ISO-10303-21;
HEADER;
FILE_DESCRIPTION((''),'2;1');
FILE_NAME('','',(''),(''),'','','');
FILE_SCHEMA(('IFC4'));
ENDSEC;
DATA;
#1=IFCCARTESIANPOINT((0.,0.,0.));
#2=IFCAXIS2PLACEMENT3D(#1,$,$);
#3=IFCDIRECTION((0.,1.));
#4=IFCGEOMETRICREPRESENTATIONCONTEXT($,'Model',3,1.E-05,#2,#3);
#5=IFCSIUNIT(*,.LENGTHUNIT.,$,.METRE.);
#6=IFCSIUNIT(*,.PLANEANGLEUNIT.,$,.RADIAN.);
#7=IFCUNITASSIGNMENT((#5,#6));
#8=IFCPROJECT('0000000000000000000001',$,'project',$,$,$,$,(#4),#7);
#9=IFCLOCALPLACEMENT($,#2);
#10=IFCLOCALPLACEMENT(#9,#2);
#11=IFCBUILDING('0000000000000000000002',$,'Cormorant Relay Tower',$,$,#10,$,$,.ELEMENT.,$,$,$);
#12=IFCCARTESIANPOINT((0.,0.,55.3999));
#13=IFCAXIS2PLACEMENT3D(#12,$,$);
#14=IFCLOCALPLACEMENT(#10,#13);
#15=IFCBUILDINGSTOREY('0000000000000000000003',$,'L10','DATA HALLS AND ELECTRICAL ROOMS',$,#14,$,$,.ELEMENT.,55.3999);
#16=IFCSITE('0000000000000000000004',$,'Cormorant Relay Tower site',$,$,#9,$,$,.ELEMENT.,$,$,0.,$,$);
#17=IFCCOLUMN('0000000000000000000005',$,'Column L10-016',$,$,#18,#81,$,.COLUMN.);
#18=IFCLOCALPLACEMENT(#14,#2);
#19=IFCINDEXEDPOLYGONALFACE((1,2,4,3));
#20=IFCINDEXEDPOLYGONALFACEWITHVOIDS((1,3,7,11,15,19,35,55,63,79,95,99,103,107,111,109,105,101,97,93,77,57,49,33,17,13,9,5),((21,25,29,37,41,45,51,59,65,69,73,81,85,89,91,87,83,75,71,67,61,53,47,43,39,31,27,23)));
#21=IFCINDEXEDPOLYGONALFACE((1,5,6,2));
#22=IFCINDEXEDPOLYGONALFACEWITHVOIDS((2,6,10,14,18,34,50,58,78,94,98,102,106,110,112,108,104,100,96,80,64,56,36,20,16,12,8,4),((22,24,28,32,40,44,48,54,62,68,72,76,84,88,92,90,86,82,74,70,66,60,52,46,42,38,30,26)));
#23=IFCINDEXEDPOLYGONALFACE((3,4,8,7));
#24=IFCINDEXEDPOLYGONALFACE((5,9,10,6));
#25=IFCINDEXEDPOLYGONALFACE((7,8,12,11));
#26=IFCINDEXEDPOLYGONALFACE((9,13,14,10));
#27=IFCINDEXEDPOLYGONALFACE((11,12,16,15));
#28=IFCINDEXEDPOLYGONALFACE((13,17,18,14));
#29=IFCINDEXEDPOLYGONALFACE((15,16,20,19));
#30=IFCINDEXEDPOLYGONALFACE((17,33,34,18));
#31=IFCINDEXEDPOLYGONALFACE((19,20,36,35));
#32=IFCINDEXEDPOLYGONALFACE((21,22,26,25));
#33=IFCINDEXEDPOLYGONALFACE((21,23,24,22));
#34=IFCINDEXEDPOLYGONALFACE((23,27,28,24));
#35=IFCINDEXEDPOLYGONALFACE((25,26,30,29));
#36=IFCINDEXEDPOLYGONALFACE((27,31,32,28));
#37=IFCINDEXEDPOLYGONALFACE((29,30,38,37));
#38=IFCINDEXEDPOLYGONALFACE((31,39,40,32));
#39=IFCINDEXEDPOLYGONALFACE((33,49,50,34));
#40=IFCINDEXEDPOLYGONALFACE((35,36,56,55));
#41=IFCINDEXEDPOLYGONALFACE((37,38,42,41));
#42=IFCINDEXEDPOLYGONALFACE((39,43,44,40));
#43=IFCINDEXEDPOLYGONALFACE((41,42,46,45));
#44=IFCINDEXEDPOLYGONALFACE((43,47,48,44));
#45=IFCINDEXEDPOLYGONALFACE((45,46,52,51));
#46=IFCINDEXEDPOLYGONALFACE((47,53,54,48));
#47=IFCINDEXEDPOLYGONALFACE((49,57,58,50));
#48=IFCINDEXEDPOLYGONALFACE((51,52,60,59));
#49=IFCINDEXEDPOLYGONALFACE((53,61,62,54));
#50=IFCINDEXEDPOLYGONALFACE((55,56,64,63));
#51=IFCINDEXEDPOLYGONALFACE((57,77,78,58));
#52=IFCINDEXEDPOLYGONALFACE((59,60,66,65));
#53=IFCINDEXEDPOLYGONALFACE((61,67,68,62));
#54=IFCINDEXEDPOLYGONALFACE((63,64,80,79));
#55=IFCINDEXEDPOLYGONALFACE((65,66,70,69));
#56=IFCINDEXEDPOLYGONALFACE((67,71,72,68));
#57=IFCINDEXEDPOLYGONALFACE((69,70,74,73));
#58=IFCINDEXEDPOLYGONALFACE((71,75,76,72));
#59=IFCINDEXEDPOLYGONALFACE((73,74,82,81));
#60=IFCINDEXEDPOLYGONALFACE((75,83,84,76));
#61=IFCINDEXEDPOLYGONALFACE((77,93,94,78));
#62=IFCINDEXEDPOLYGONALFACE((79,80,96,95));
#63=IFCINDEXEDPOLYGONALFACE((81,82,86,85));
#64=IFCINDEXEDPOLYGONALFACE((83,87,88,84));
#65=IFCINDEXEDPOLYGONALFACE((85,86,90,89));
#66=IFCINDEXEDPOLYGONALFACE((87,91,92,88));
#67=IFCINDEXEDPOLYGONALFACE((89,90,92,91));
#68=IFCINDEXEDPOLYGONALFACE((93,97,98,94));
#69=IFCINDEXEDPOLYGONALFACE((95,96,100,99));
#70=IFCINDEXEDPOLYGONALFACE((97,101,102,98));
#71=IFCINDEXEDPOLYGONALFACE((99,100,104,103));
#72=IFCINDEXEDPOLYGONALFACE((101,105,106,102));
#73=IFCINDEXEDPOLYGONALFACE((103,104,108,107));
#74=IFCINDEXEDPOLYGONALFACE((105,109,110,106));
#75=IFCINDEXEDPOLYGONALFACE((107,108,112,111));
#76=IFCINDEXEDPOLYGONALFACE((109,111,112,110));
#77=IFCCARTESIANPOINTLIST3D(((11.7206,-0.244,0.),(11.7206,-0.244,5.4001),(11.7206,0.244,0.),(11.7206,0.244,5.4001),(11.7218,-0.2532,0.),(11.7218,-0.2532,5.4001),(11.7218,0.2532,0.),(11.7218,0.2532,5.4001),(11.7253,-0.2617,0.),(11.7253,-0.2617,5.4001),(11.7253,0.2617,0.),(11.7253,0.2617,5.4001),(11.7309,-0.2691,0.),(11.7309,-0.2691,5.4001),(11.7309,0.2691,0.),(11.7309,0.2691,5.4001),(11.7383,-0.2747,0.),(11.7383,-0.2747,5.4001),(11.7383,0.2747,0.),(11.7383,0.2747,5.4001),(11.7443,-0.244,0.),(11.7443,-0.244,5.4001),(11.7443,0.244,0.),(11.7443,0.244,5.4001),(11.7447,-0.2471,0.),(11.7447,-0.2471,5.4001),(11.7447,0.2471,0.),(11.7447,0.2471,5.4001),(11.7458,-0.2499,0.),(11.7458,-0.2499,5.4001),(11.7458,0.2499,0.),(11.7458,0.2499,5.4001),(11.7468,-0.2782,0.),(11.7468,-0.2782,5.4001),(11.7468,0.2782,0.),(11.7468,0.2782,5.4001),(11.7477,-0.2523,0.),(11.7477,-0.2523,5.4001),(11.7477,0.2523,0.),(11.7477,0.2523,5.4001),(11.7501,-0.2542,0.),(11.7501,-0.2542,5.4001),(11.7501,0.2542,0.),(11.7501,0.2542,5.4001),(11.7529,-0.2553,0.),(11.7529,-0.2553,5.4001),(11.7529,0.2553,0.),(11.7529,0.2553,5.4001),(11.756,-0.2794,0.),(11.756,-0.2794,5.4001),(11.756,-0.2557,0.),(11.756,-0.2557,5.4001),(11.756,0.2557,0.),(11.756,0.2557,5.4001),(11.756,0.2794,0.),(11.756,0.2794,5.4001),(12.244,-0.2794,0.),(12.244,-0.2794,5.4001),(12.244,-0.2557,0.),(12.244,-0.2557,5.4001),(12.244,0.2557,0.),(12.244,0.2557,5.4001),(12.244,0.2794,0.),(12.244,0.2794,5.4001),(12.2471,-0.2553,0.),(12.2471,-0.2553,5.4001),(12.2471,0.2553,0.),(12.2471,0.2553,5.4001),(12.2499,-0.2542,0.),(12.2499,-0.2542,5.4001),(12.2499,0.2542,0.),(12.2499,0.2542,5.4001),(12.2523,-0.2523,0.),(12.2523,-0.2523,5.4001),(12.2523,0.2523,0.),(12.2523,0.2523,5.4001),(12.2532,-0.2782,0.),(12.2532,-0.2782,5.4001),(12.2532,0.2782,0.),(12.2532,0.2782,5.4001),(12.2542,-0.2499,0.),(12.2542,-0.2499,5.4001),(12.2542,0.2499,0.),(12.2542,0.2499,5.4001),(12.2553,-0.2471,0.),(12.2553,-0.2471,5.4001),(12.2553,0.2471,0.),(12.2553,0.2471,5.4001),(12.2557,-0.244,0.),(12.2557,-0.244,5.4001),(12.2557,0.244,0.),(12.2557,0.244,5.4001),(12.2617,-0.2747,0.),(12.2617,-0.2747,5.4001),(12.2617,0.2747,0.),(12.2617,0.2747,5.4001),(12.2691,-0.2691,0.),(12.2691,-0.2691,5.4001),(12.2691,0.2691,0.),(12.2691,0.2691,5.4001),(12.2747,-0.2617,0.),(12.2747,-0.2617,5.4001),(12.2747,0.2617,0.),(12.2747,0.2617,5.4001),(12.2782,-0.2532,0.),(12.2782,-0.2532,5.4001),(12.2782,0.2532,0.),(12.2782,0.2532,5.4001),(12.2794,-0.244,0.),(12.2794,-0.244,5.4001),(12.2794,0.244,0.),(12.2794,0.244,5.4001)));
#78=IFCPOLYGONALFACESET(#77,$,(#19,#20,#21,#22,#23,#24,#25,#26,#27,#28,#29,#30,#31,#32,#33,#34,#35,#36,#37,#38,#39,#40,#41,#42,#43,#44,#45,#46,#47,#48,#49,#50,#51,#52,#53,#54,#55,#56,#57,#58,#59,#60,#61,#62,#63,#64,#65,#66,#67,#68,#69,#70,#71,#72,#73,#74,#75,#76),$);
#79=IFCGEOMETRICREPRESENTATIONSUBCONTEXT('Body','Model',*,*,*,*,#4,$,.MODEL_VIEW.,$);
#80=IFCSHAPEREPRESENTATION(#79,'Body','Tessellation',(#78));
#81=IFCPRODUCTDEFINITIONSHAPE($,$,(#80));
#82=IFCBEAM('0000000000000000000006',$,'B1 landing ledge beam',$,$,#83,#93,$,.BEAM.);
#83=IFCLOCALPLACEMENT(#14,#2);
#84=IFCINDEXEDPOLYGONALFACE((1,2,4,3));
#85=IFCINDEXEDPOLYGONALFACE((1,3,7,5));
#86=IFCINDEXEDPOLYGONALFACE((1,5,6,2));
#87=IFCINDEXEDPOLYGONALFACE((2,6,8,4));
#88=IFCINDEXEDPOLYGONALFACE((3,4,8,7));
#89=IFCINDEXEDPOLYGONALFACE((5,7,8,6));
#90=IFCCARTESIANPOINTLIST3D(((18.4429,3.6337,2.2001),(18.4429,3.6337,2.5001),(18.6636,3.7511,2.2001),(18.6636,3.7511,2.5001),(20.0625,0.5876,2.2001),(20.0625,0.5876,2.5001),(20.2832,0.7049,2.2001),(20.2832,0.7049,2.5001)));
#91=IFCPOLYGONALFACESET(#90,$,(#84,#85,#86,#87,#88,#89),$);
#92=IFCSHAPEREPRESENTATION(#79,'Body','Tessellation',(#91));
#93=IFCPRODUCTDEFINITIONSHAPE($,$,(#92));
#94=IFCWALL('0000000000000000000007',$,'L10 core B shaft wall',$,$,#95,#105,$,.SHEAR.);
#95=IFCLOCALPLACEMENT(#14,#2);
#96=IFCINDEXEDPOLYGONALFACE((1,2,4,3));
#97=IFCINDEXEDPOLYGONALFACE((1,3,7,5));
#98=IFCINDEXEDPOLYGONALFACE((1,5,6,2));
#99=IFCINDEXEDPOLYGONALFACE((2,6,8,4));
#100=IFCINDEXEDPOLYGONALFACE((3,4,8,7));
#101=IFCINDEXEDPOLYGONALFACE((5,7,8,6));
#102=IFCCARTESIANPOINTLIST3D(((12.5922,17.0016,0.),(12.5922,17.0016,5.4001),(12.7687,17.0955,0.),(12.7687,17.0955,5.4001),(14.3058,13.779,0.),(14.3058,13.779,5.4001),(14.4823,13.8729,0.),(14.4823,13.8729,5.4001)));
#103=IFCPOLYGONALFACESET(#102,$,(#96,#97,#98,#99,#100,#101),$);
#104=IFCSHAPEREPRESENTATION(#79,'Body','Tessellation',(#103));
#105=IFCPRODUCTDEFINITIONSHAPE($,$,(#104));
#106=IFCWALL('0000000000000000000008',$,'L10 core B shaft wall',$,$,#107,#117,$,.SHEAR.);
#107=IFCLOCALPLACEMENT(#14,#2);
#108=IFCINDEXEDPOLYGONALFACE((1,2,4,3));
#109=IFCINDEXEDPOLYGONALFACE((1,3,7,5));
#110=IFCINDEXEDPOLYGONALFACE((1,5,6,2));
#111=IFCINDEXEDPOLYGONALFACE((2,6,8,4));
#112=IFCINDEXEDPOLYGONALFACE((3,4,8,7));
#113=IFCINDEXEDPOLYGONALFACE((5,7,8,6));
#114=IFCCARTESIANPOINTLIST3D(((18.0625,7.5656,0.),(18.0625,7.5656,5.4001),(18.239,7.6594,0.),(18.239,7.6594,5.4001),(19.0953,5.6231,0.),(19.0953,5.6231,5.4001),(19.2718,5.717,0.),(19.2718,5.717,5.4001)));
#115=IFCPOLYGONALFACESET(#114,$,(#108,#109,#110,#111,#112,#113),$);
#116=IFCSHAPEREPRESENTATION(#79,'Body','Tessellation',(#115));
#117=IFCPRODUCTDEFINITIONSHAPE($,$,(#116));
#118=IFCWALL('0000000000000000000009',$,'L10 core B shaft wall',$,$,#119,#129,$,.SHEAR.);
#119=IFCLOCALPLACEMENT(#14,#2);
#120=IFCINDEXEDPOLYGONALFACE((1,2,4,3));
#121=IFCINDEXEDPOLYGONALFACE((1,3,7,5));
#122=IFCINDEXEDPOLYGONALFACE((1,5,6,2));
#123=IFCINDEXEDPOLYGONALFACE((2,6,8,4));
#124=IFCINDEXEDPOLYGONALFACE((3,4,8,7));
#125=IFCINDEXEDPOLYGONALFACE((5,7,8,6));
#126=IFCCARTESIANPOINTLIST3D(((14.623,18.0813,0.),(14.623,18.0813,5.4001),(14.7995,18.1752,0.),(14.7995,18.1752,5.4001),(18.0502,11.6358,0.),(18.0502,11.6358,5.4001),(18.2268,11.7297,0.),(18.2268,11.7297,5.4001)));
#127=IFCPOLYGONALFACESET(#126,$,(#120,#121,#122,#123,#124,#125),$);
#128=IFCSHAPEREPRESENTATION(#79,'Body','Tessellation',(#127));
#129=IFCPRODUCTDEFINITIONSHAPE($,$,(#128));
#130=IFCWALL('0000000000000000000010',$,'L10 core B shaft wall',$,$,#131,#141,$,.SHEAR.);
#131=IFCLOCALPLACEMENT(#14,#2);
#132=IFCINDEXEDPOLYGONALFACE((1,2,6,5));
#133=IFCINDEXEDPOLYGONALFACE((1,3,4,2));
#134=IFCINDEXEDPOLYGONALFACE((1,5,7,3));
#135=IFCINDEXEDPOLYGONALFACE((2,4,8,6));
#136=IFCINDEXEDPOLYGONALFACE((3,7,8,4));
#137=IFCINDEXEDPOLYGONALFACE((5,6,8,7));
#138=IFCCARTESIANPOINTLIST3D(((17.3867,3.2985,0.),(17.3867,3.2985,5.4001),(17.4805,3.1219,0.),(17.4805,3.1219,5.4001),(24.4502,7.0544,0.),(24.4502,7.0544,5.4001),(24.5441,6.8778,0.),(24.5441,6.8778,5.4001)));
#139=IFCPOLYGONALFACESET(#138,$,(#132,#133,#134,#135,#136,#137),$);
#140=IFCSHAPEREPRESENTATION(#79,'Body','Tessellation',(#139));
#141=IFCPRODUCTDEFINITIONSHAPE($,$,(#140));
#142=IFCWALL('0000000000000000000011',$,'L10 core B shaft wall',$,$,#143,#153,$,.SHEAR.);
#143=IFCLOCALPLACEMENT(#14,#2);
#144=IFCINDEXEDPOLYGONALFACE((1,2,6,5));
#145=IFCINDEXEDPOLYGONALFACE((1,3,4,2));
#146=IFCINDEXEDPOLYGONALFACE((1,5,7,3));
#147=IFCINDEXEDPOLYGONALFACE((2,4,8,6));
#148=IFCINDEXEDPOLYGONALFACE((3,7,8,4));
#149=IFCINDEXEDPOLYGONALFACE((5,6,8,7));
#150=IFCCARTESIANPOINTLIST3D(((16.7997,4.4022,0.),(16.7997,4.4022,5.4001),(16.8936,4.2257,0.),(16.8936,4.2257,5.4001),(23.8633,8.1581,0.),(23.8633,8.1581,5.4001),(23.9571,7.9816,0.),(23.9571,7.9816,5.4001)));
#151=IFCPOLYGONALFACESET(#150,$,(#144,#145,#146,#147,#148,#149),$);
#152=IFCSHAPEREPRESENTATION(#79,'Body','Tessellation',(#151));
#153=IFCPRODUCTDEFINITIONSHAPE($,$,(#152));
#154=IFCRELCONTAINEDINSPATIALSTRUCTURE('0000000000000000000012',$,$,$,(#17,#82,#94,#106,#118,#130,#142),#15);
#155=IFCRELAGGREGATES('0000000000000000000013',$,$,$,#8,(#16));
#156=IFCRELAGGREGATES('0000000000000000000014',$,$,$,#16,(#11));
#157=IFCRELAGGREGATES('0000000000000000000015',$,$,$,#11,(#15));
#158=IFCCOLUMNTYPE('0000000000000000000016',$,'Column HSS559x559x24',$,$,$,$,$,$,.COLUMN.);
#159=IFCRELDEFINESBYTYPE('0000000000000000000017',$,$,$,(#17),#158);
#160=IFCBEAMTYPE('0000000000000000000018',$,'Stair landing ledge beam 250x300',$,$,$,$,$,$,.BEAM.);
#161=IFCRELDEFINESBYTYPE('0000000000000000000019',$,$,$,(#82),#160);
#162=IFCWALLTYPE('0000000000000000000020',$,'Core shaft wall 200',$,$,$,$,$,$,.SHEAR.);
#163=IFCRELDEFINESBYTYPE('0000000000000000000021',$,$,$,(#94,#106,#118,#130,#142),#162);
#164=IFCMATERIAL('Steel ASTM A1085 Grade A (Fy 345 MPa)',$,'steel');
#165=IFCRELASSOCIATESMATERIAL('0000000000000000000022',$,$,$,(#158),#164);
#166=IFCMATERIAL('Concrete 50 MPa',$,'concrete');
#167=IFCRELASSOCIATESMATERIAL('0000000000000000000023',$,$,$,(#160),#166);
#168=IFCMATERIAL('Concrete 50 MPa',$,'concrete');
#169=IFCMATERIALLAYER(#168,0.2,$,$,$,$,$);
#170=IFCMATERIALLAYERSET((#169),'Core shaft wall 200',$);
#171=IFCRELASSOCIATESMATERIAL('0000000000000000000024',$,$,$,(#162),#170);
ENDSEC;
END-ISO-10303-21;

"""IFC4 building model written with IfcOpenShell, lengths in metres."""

from ifc_helpers import new_model, si_unit, direction, frame, frame_2d, origin, origin_2d, place, context, subcontext, project, spatial, rectangle, hollow_rectangle, extrude, material, layer, layer_set, material_profile, profile_set, type_object, element, save


model = new_model("IFC4")

# Units and contexts
model_context = context("Model", 3, precision=1e-05, world=origin(), true_north=direction((0.0, 1.0)))
body_context = subcontext(model_context, "Body", "Model", "MODEL_VIEW")
ifc_project = project(units=[si_unit("LENGTHUNIT", "METRE"), si_unit("PLANEANGLEUNIT", "RADIAN")], contexts=[model_context])

# Site, building, storey
site_placement = place(None, origin())
site = spatial("IfcSite", under=ifc_project, at=site_placement, Name="Cormorant Relay Tower site", CompositionType="ELEMENT", RefElevation=0.0)
building_placement = place(site_placement, origin())
building = spatial("IfcBuilding", under=site, at=building_placement, Name="Cormorant Relay Tower", CompositionType="ELEMENT")
storey_placement = place(building_placement, frame((0.0, 0.0, 55.3999)))
storey = spatial("IfcBuildingStorey", under=building, at=storey_placement, Name="L10", Description="DATA HALLS AND ELECTRICAL ROOMS", CompositionType="ELEMENT", Elevation=55.3999)

# Column
ifc_material_1 = material(Name="Steel ASTM A1085 Grade A (Fy 345 MPa)", Category="steel")
ifc_material_profile_1 = material_profile(ifc_material_1, hollow_rectangle(XDim=0.5588, YDim=0.5588, WallThickness=0.0237, InnerFilletRadius=0.0117, OuterFilletRadius=0.0354, at=origin_2d()), Name="HSS559x559x24")
ifc_profile_set_1 = profile_set([ifc_material_profile_1], Name="Steel ASTM A1085 Grade A (Fy 345 MPa)")
column_type = type_object("IfcColumnType", Name="Column HSS559x559x24", PredefinedType="COLUMN", material=ifc_profile_set_1)
column_placement = place(storey_placement, frame((12.0, 0.0, 0.0), z_axis=(0.0, 0.0, 1.0), x_axis=(1.0, 0.0, 0.0)))
element("IfcColumn", 1, at=column_placement, inside=storey, type_object=column_type, Name="Column L10-016", PredefinedType="COLUMN", context=body_context, shape_type="SweptSolid", body=[
    extrude(hollow_rectangle(XDim=0.5588, YDim=0.5588, WallThickness=0.0237, InnerFilletRadius=0.0117, OuterFilletRadius=0.0354, at=origin_2d()), origin(), (0.0, 0.0, 1.0), 5.4001),
])

# Beam
ifc_material_2 = material(Name="Concrete 50 MPa", Category="concrete")
ifc_material_profile_2 = material_profile(ifc_material_2, rectangle(XDim=0.25, YDim=0.3, at=origin_2d()), Name="RC 250x300")
ifc_profile_set_2 = profile_set([ifc_material_profile_2], Name="Concrete 50 MPa")
beam_type = type_object("IfcBeamType", Name="Stair landing ledge beam 250x300", PredefinedType="BEAM", material=ifc_profile_set_2)
beam_placement = place(storey_placement, frame((18.5532, 3.6924, 2.3501), z_axis=(0.469464, -0.882952, 0.0), x_axis=(0.882952, 0.469464, 0.0)))
element("IfcBeam", 2, at=beam_placement, inside=storey, type_object=beam_type, Name="B1 landing ledge beam", PredefinedType="BEAM", context=body_context, shape_type="SweptSolid", body=[
    extrude(rectangle(XDim=0.25, YDim=0.3, at=origin_2d()), origin(), (0.0, 0.0, 1.0), 3.45),
])

# Walls
ifc_material_3 = material(Name="Concrete 50 MPa", Category="concrete")
ifc_layer_1 = layer(ifc_material_3, 0.2)
ifc_layer_set_1 = layer_set([ifc_layer_1], Name="Core shaft wall 200")
wall_type_1 = type_object("IfcWallType", Name="Core shaft wall 200", PredefinedType="SHEAR", material=ifc_layer_set_1)
wall_1_placement = place(storey_placement, frame((14.394, 13.8259, 0.0), z_axis=(0.0, 0.0, 1.0), x_axis=(-0.469494, 0.882936, 0.0)))
element("IfcWall", 3, at=wall_1_placement, inside=storey, type_object=wall_type_1, Name="L10 core B shaft wall", PredefinedType="SHEAR", context=body_context, shape_type="SweptSolid", body=[
    extrude(rectangle(XDim=3.6499, YDim=0.2, at=frame_2d((1.825, 0.0))), origin(), (0.0, 0.0, 1.0), 5.4001),
])
wall_2_placement = place(storey_placement, frame((19.1836, 5.6699, 0.0), z_axis=(0.0, 0.0, 1.0), x_axis=(-0.469447, 0.88296, 0.0)))
element("IfcWall", 4, at=wall_2_placement, inside=storey, type_object=wall_type_1, Name="L10 core B shaft wall", PredefinedType="SHEAR", context=body_context, shape_type="SweptSolid", body=[
    extrude(rectangle(XDim=2.2, YDim=0.2, at=frame_2d((1.1001, 0.0))), origin(), (0.0, 0.0, 1.0), 5.4001),
])
wall_3_placement = place(storey_placement, frame((18.1384, 11.6829, 0.0), z_axis=(0.0, 0.0, 1.0), x_axis=(-0.46948, 0.882943, 0.0)))
element("IfcWall", 5, at=wall_3_placement, inside=storey, type_object=wall_type_1, Name="L10 core B shaft wall", PredefinedType="SHEAR", context=body_context, shape_type="SweptSolid", body=[
    extrude(rectangle(XDim=7.3, YDim=0.2, at=frame_2d((3.6499, 0.0))), origin(), (0.0, 0.0, 1.0), 5.4001),
])
for number, where, z_axis, x_axis, name in (
    (6, (17.4336, 3.2102, 0.0), (0.0, 0.0, 1.0), (0.88294, 0.469485, 0.0), "L10 core B shaft wall"),
    (7, (16.8467, 4.314, 0.0), (0.0, 0.0, 1.0), (0.88294, 0.469485, 0.0), "L10 core B shaft wall"),
):
    element("IfcWall", number, at=place(storey_placement, frame(where, z_axis=z_axis, x_axis=x_axis)), inside=storey, type_object=wall_type_1, Name=name, PredefinedType="SHEAR", context=body_context, shape_type="SweptSolid", body=[
        extrude(rectangle(XDim=8.0, YDim=0.2, at=frame_2d((4.0, 0.0))), origin(), (0.0, 0.0, 1.0), 5.4001),
    ])

save(model, "model.ifc")
